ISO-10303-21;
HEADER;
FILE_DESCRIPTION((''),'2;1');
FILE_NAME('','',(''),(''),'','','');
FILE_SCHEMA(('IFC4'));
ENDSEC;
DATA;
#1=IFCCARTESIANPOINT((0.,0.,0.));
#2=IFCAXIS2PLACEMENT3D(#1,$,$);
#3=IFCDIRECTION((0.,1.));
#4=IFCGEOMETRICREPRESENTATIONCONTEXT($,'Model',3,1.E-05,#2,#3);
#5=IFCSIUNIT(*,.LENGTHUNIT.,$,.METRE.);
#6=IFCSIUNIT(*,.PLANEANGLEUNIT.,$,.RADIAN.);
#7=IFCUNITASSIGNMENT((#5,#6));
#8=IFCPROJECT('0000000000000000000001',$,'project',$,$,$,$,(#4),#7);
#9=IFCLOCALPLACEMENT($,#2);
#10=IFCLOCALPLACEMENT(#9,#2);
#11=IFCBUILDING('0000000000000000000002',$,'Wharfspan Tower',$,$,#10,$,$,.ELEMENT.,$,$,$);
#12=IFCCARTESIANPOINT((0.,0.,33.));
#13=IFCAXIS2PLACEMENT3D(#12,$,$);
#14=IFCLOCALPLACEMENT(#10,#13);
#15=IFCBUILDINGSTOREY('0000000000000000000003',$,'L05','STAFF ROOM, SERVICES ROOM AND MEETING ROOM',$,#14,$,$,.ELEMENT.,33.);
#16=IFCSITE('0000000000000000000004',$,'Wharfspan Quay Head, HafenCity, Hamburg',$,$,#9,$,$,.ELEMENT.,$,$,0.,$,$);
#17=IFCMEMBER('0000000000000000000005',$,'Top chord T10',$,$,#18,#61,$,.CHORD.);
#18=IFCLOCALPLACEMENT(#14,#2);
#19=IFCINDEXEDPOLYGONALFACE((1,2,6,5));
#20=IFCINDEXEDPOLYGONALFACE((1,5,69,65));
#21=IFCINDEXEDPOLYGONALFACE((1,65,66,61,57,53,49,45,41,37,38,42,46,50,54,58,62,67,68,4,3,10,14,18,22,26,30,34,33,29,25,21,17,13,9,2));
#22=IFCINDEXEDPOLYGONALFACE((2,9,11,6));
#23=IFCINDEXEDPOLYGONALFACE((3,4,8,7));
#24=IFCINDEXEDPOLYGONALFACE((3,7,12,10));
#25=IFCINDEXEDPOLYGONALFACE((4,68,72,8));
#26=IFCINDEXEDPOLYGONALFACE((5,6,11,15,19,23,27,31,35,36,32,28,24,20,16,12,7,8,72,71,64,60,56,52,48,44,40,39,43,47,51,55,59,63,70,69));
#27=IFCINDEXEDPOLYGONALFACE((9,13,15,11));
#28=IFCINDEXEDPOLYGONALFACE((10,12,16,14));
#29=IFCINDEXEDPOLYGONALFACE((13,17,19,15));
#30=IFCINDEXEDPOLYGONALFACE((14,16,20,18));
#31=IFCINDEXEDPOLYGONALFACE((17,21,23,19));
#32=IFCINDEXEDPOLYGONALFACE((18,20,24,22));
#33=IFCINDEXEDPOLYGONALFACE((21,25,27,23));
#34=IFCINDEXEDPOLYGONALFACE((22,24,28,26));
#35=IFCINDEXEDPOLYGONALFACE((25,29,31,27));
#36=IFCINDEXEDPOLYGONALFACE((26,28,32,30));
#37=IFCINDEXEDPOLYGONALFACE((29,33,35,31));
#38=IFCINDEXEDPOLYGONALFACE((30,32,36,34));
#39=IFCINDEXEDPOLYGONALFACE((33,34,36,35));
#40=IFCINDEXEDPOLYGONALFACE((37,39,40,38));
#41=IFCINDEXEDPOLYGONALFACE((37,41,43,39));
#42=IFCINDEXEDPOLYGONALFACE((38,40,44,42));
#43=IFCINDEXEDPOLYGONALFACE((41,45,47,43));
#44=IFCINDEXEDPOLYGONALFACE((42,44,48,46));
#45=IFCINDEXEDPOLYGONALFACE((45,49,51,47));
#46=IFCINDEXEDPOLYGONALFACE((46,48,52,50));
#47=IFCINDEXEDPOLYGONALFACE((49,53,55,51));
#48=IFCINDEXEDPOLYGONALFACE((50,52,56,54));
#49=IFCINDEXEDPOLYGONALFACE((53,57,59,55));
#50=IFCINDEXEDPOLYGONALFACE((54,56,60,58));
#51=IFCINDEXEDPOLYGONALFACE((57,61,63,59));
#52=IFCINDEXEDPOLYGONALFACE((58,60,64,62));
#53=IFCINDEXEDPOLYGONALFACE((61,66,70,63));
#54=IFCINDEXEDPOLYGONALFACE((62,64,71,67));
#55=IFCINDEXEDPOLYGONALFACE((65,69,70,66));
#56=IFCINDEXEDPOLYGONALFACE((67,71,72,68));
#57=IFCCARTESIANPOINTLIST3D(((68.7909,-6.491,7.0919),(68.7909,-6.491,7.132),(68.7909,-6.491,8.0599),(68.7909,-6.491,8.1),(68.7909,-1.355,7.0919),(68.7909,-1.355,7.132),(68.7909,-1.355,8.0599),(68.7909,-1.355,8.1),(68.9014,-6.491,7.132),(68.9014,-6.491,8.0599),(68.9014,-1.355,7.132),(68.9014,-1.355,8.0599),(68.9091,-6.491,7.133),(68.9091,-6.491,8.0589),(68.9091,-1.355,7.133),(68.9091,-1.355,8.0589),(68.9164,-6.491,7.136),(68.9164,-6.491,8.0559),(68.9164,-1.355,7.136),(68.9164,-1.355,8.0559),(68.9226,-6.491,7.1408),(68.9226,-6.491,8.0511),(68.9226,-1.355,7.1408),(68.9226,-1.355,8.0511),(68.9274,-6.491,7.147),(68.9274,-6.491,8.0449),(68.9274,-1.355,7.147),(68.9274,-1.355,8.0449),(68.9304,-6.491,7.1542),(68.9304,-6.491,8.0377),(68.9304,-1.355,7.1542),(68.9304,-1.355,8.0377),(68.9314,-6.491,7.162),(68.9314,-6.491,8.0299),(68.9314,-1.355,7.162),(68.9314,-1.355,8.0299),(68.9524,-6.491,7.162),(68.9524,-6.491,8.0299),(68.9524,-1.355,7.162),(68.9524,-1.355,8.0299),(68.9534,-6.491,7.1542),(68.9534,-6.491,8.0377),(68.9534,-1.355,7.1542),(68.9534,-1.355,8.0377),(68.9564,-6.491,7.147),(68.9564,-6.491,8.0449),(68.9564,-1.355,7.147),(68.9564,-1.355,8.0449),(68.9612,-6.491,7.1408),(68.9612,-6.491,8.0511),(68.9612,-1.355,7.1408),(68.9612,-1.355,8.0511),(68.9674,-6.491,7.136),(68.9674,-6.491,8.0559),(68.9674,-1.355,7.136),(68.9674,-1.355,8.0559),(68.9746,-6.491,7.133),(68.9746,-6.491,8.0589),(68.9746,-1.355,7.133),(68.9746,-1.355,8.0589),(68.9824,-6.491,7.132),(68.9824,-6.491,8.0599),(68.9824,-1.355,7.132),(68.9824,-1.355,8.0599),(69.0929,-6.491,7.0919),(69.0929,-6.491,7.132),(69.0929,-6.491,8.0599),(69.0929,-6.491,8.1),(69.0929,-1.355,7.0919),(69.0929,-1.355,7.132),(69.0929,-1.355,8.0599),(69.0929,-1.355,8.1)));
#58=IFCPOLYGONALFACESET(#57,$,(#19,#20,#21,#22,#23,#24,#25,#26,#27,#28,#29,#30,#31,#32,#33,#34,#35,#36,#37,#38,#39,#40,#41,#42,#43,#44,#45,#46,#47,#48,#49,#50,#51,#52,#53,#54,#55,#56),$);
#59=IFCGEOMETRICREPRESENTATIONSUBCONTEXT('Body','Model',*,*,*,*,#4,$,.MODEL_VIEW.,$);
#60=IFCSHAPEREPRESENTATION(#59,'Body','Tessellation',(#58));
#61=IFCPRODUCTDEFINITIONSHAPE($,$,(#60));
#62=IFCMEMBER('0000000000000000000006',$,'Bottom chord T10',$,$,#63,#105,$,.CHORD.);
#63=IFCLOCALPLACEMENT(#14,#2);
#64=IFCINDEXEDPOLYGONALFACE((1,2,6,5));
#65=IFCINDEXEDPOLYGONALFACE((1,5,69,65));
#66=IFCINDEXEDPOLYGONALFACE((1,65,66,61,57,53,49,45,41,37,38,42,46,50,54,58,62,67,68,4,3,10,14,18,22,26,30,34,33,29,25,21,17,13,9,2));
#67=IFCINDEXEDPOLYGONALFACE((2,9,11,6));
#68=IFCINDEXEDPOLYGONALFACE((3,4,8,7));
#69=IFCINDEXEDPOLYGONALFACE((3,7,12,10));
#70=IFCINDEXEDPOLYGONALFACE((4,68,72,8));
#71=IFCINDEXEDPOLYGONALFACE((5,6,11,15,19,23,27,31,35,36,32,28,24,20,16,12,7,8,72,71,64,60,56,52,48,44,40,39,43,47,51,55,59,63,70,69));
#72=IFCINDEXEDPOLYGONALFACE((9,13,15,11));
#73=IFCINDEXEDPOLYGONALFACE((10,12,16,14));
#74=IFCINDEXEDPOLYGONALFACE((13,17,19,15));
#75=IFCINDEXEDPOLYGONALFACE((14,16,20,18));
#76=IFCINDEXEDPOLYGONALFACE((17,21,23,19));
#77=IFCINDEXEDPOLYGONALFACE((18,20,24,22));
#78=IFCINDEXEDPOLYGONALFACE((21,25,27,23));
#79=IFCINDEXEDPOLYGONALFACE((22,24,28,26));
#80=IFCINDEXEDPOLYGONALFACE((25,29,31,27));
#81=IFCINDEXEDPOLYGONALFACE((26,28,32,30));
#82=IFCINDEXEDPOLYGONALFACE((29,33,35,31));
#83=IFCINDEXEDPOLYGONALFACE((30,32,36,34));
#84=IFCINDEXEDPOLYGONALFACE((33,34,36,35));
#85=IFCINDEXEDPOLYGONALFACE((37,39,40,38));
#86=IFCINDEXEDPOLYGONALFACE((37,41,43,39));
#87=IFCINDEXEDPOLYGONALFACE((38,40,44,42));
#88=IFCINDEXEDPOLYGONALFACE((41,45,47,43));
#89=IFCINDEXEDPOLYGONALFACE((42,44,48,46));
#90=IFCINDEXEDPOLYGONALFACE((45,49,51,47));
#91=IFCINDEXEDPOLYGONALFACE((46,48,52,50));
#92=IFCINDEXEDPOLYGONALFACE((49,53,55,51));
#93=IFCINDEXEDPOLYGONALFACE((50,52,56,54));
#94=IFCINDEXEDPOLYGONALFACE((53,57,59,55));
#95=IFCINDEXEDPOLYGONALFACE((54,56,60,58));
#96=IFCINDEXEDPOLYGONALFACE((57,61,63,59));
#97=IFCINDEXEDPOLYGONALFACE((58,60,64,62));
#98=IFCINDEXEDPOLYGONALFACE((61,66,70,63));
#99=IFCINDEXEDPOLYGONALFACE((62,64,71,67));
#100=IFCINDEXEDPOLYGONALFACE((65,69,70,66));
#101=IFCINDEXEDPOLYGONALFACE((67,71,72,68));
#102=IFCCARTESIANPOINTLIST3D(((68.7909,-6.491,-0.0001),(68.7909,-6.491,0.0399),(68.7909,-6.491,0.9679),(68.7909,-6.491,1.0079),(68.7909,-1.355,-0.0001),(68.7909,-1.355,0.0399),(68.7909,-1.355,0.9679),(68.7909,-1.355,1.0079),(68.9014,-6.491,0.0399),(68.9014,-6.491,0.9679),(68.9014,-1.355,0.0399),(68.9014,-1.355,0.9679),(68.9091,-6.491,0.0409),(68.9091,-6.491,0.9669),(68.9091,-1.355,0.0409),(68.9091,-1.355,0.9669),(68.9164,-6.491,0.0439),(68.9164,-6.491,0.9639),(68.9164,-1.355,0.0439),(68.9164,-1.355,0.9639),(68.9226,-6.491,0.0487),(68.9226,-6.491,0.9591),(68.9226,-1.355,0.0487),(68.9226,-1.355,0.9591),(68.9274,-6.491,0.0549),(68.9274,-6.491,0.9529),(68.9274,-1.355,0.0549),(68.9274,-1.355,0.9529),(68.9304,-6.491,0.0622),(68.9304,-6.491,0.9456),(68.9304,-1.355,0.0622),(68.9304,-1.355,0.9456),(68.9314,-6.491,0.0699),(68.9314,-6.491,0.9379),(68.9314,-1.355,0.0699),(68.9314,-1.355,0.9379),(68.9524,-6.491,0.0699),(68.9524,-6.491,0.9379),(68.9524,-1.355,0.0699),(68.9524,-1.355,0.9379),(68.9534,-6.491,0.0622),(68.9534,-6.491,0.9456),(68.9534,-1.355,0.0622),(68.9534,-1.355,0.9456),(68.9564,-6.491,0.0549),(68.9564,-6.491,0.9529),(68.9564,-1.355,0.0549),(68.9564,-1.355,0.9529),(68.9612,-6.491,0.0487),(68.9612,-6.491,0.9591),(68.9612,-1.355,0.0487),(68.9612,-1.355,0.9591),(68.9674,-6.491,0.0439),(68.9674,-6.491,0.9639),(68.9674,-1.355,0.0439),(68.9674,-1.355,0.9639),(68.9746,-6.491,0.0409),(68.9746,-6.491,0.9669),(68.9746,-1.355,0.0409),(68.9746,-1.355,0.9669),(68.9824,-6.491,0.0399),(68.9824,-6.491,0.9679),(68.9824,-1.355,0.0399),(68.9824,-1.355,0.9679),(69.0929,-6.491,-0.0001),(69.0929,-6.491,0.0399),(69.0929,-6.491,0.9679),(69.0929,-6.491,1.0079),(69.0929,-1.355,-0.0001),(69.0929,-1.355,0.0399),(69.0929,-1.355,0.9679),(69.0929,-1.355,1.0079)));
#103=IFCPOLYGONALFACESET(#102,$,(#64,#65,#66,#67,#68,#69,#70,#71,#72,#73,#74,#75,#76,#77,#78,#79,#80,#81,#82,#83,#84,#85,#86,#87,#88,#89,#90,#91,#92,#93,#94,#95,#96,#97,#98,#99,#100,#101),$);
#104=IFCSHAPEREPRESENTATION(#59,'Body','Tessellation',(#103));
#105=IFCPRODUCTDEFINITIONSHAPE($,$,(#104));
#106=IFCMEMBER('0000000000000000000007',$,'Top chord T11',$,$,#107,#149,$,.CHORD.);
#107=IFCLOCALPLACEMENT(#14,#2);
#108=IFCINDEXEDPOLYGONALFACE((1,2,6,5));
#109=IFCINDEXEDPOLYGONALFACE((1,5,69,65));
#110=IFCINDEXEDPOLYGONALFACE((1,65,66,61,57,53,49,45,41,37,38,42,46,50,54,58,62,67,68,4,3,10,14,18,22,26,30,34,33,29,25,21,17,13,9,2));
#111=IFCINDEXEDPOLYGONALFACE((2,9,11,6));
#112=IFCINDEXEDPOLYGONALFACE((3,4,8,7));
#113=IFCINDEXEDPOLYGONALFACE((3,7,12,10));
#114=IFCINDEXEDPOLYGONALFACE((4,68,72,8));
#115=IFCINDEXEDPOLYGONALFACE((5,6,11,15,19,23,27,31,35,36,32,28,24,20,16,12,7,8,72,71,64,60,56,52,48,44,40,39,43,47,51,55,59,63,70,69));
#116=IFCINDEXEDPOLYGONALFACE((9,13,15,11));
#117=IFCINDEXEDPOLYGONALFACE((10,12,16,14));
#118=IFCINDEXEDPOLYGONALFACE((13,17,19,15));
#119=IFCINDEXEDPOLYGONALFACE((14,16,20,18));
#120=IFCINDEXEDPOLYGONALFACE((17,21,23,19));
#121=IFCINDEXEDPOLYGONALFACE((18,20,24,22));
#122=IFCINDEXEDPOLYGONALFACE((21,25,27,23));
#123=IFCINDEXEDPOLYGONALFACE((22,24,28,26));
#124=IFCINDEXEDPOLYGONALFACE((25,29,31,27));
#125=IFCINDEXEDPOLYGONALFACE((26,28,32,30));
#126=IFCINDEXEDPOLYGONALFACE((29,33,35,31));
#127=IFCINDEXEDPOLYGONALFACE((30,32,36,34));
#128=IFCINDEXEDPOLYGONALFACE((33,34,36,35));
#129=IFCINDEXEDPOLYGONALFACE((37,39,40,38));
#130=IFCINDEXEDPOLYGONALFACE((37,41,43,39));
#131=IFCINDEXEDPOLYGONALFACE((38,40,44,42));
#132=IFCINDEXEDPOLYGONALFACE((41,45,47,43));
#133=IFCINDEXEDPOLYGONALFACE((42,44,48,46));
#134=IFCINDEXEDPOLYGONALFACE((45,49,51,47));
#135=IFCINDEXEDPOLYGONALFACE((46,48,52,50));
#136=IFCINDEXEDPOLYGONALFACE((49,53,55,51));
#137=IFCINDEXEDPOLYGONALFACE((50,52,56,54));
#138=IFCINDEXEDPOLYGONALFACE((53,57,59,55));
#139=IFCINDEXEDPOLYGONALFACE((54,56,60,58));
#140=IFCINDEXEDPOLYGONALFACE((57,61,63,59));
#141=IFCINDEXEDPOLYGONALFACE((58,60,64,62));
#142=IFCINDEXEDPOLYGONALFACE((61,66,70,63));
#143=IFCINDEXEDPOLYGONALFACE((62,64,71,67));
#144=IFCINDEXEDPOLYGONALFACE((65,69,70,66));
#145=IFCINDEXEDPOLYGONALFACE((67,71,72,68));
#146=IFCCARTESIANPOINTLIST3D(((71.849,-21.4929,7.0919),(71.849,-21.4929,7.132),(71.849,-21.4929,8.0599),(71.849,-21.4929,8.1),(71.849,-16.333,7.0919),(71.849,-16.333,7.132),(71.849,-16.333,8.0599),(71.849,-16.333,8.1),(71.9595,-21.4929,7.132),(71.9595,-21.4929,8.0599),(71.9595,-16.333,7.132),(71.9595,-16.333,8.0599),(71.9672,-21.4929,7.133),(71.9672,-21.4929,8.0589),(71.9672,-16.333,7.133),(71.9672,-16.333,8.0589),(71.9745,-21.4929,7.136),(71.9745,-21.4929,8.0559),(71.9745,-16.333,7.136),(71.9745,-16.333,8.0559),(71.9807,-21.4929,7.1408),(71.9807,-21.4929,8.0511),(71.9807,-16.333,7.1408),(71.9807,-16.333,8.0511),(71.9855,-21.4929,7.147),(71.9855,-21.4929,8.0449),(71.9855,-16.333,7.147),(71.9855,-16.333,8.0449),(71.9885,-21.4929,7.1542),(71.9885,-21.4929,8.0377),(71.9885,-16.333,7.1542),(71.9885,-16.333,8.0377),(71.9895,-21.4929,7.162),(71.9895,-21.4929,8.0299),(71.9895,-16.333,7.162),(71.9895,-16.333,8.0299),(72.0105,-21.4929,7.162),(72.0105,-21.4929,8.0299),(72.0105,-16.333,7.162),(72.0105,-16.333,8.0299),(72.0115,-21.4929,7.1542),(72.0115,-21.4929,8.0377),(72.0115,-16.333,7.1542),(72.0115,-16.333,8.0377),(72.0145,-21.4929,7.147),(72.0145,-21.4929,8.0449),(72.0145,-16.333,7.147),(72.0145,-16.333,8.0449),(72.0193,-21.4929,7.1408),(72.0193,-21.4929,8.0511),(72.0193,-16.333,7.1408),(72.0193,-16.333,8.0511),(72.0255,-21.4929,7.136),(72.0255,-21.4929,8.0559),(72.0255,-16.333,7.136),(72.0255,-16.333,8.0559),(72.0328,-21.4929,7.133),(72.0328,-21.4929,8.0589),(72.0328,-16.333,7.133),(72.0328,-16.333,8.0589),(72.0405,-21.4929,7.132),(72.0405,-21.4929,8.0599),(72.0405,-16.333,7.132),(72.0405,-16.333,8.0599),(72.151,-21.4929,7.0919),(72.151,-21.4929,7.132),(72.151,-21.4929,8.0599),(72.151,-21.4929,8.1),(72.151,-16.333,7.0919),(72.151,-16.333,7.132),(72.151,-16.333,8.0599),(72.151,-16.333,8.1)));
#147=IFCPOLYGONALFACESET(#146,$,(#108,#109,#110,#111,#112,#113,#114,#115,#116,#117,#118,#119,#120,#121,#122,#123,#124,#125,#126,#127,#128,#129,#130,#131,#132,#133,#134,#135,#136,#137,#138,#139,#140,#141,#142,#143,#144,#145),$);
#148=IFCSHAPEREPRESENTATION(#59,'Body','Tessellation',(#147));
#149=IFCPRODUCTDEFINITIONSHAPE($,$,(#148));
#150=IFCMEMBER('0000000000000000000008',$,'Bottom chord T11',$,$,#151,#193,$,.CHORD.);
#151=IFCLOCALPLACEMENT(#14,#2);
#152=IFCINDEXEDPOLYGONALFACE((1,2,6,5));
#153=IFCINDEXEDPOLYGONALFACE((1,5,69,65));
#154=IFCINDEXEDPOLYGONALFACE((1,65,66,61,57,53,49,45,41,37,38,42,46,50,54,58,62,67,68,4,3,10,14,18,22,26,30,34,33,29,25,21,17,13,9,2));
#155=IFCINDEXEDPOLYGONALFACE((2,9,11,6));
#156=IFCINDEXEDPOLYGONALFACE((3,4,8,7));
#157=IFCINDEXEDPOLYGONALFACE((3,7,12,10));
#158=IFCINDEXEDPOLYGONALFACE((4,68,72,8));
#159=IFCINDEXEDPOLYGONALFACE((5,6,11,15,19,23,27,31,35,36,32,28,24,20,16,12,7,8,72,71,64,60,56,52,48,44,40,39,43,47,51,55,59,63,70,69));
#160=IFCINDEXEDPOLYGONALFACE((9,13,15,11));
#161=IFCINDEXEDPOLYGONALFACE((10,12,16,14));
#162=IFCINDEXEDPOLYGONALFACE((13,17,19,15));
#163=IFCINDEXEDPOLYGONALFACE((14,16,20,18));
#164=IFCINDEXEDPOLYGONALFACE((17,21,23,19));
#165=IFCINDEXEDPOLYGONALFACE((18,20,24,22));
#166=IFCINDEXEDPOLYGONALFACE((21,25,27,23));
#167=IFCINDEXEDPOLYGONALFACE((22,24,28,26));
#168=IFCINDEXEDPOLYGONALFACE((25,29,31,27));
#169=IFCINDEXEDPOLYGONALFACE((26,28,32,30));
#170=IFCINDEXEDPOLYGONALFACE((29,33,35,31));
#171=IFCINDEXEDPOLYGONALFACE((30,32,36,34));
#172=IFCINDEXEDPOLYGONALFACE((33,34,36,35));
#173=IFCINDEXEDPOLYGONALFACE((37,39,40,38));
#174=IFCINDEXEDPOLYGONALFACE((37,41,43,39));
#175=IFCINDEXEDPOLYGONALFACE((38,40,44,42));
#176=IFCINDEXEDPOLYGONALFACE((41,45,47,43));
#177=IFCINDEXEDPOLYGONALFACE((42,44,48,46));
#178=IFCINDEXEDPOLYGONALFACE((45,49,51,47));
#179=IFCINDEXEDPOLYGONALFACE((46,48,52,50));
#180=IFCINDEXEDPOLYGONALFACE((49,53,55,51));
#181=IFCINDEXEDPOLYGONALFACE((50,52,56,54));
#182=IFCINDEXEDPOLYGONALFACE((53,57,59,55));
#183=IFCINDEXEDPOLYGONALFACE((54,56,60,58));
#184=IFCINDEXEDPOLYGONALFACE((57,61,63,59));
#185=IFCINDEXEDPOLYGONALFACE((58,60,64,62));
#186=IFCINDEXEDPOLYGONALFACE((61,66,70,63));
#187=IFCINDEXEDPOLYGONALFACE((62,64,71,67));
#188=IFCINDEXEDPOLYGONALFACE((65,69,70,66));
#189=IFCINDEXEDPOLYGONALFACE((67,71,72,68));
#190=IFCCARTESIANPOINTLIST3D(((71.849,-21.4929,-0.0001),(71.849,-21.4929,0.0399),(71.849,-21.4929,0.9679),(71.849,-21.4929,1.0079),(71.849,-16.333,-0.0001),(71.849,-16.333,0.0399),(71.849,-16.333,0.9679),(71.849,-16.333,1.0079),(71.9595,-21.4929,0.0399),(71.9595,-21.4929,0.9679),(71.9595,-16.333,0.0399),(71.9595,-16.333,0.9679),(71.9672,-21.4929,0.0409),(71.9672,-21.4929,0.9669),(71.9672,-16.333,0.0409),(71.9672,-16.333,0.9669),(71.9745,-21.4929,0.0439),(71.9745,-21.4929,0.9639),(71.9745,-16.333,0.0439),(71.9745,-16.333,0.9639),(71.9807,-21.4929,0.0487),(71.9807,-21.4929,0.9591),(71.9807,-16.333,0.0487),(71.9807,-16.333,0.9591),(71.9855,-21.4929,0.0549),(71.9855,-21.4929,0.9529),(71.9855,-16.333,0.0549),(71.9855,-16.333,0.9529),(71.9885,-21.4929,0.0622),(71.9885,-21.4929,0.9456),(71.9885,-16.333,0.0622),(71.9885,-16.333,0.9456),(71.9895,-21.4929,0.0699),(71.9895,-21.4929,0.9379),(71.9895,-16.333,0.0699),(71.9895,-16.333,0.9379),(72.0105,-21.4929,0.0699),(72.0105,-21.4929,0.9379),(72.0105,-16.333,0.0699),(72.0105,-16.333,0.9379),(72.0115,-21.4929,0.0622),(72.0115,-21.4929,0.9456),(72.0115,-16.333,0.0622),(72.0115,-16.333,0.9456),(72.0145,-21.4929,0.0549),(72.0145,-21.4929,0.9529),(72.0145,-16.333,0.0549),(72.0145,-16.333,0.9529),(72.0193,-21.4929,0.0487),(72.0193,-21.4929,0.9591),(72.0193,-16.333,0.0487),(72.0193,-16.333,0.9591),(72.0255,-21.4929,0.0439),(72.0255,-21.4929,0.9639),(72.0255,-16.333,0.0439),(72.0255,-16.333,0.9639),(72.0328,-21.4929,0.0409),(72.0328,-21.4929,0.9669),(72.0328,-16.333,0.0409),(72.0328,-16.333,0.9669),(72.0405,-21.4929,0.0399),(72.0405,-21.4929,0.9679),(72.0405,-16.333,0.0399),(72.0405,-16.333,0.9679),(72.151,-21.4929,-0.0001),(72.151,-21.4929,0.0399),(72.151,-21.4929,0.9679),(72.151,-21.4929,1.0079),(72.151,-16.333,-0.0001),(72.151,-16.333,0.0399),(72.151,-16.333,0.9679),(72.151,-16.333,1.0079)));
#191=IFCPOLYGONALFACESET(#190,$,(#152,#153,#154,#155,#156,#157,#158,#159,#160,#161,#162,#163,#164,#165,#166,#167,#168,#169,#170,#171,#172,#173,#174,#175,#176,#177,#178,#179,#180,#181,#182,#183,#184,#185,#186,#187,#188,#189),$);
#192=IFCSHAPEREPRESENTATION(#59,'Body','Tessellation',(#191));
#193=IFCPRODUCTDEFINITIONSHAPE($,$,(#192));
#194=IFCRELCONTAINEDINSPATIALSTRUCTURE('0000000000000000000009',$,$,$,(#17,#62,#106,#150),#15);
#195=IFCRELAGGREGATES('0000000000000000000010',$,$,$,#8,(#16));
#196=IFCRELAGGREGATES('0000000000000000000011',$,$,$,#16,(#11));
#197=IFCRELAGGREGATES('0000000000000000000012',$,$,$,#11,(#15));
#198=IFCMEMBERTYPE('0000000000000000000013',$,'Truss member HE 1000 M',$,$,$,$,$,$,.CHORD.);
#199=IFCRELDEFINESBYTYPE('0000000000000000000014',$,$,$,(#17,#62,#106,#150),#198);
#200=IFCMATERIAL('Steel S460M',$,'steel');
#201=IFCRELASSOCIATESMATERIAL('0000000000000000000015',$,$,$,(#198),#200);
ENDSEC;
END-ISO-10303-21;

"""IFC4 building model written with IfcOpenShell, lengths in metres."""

from ifc_helpers import new_model, si_unit, direction, frame, origin, origin_2d, place, context, subcontext, project, spatial, i_section, extrude, material, material_profile, profile_set, type_object, element, save


model = new_model("IFC4")

# Units and contexts
model_context = context("Model", 3, precision=1e-05, world=origin(), true_north=direction((0.0, 1.0)))
body_context = subcontext(model_context, "Body", "Model", "MODEL_VIEW")
ifc_project = project(units=[si_unit("LENGTHUNIT", "METRE"), si_unit("PLANEANGLEUNIT", "RADIAN")], contexts=[model_context])

# Site, building, storey
site_placement = place(None, origin())
site = spatial("IfcSite", under=ifc_project, at=site_placement, Name="Wharfspan Quay Head, HafenCity, Hamburg", CompositionType="ELEMENT", RefElevation=0.0)
building_placement = place(site_placement, origin())
building = spatial("IfcBuilding", under=site, at=building_placement, Name="Wharfspan Tower", CompositionType="ELEMENT")
storey_placement = place(building_placement, frame((0.0, 0.0, 33.0)))
storey = spatial("IfcBuildingStorey", under=building, at=storey_placement, Name="L05", Description="STAFF ROOM, SERVICES ROOM AND MEETING ROOM", CompositionType="ELEMENT", Elevation=33.0)

# Members
ifc_material_1 = material(Name="Steel S460M", Category="steel")
ifc_material_profile_1 = material_profile(ifc_material_1, i_section(OverallWidth=0.302, OverallDepth=1.0081, WebThickness=0.021, FlangeThickness=0.04, FilletRadius=0.03, at=origin_2d()))
ifc_profile_set_1 = profile_set([ifc_material_profile_1], Name="Steel S460M")
member_type_1 = type_object("IfcMemberType", Name="Truss member HE 1000 M", PredefinedType="CHORD", material=ifc_profile_set_1)
for number, where, z_axis, x_axis, name in (
    (1, (68.9419, -6.491, 7.5959), (0.0, 1.0, 0.0), (-1.0, 0.0, 0.0), "Top chord T10"),
    (2, (68.9419, -6.491, 0.5039), (0.0, 1.0, 0.0), (-1.0, 0.0, 0.0), "Bottom chord T10"),
):
    element("IfcMember", number, at=place(storey_placement, frame(where, z_axis=z_axis, x_axis=x_axis)), inside=storey, type_object=member_type_1, Name=name, PredefinedType="CHORD", context=body_context, shape_type="SweptSolid", body=[
        extrude(i_section(OverallWidth=0.302, OverallDepth=1.0081, WebThickness=0.021, FlangeThickness=0.04, FilletRadius=0.03, at=origin_2d()), origin(), (0.0, 0.0, 1.0), 5.136),
    ])
for number, where, z_axis, x_axis, name in (
    (3, (72.0, -21.4929, 7.5959), (0.0, 1.0, 0.0), (-1.0, 0.0, 0.0), "Top chord T11"),
    (4, (72.0, -21.4929, 0.5039), (0.0, 1.0, 0.0), (-1.0, 0.0, 0.0), "Bottom chord T11"),
):
    element("IfcMember", number, at=place(storey_placement, frame(where, z_axis=z_axis, x_axis=x_axis)), inside=storey, type_object=member_type_1, Name=name, PredefinedType="CHORD", context=body_context, shape_type="SweptSolid", body=[
        extrude(i_section(OverallWidth=0.302, OverallDepth=1.0081, WebThickness=0.021, FlangeThickness=0.04, FilletRadius=0.03, at=origin_2d()), origin(), (0.0, 0.0, 1.0), 5.1599),
    ])

save(model, "model.ifc")
